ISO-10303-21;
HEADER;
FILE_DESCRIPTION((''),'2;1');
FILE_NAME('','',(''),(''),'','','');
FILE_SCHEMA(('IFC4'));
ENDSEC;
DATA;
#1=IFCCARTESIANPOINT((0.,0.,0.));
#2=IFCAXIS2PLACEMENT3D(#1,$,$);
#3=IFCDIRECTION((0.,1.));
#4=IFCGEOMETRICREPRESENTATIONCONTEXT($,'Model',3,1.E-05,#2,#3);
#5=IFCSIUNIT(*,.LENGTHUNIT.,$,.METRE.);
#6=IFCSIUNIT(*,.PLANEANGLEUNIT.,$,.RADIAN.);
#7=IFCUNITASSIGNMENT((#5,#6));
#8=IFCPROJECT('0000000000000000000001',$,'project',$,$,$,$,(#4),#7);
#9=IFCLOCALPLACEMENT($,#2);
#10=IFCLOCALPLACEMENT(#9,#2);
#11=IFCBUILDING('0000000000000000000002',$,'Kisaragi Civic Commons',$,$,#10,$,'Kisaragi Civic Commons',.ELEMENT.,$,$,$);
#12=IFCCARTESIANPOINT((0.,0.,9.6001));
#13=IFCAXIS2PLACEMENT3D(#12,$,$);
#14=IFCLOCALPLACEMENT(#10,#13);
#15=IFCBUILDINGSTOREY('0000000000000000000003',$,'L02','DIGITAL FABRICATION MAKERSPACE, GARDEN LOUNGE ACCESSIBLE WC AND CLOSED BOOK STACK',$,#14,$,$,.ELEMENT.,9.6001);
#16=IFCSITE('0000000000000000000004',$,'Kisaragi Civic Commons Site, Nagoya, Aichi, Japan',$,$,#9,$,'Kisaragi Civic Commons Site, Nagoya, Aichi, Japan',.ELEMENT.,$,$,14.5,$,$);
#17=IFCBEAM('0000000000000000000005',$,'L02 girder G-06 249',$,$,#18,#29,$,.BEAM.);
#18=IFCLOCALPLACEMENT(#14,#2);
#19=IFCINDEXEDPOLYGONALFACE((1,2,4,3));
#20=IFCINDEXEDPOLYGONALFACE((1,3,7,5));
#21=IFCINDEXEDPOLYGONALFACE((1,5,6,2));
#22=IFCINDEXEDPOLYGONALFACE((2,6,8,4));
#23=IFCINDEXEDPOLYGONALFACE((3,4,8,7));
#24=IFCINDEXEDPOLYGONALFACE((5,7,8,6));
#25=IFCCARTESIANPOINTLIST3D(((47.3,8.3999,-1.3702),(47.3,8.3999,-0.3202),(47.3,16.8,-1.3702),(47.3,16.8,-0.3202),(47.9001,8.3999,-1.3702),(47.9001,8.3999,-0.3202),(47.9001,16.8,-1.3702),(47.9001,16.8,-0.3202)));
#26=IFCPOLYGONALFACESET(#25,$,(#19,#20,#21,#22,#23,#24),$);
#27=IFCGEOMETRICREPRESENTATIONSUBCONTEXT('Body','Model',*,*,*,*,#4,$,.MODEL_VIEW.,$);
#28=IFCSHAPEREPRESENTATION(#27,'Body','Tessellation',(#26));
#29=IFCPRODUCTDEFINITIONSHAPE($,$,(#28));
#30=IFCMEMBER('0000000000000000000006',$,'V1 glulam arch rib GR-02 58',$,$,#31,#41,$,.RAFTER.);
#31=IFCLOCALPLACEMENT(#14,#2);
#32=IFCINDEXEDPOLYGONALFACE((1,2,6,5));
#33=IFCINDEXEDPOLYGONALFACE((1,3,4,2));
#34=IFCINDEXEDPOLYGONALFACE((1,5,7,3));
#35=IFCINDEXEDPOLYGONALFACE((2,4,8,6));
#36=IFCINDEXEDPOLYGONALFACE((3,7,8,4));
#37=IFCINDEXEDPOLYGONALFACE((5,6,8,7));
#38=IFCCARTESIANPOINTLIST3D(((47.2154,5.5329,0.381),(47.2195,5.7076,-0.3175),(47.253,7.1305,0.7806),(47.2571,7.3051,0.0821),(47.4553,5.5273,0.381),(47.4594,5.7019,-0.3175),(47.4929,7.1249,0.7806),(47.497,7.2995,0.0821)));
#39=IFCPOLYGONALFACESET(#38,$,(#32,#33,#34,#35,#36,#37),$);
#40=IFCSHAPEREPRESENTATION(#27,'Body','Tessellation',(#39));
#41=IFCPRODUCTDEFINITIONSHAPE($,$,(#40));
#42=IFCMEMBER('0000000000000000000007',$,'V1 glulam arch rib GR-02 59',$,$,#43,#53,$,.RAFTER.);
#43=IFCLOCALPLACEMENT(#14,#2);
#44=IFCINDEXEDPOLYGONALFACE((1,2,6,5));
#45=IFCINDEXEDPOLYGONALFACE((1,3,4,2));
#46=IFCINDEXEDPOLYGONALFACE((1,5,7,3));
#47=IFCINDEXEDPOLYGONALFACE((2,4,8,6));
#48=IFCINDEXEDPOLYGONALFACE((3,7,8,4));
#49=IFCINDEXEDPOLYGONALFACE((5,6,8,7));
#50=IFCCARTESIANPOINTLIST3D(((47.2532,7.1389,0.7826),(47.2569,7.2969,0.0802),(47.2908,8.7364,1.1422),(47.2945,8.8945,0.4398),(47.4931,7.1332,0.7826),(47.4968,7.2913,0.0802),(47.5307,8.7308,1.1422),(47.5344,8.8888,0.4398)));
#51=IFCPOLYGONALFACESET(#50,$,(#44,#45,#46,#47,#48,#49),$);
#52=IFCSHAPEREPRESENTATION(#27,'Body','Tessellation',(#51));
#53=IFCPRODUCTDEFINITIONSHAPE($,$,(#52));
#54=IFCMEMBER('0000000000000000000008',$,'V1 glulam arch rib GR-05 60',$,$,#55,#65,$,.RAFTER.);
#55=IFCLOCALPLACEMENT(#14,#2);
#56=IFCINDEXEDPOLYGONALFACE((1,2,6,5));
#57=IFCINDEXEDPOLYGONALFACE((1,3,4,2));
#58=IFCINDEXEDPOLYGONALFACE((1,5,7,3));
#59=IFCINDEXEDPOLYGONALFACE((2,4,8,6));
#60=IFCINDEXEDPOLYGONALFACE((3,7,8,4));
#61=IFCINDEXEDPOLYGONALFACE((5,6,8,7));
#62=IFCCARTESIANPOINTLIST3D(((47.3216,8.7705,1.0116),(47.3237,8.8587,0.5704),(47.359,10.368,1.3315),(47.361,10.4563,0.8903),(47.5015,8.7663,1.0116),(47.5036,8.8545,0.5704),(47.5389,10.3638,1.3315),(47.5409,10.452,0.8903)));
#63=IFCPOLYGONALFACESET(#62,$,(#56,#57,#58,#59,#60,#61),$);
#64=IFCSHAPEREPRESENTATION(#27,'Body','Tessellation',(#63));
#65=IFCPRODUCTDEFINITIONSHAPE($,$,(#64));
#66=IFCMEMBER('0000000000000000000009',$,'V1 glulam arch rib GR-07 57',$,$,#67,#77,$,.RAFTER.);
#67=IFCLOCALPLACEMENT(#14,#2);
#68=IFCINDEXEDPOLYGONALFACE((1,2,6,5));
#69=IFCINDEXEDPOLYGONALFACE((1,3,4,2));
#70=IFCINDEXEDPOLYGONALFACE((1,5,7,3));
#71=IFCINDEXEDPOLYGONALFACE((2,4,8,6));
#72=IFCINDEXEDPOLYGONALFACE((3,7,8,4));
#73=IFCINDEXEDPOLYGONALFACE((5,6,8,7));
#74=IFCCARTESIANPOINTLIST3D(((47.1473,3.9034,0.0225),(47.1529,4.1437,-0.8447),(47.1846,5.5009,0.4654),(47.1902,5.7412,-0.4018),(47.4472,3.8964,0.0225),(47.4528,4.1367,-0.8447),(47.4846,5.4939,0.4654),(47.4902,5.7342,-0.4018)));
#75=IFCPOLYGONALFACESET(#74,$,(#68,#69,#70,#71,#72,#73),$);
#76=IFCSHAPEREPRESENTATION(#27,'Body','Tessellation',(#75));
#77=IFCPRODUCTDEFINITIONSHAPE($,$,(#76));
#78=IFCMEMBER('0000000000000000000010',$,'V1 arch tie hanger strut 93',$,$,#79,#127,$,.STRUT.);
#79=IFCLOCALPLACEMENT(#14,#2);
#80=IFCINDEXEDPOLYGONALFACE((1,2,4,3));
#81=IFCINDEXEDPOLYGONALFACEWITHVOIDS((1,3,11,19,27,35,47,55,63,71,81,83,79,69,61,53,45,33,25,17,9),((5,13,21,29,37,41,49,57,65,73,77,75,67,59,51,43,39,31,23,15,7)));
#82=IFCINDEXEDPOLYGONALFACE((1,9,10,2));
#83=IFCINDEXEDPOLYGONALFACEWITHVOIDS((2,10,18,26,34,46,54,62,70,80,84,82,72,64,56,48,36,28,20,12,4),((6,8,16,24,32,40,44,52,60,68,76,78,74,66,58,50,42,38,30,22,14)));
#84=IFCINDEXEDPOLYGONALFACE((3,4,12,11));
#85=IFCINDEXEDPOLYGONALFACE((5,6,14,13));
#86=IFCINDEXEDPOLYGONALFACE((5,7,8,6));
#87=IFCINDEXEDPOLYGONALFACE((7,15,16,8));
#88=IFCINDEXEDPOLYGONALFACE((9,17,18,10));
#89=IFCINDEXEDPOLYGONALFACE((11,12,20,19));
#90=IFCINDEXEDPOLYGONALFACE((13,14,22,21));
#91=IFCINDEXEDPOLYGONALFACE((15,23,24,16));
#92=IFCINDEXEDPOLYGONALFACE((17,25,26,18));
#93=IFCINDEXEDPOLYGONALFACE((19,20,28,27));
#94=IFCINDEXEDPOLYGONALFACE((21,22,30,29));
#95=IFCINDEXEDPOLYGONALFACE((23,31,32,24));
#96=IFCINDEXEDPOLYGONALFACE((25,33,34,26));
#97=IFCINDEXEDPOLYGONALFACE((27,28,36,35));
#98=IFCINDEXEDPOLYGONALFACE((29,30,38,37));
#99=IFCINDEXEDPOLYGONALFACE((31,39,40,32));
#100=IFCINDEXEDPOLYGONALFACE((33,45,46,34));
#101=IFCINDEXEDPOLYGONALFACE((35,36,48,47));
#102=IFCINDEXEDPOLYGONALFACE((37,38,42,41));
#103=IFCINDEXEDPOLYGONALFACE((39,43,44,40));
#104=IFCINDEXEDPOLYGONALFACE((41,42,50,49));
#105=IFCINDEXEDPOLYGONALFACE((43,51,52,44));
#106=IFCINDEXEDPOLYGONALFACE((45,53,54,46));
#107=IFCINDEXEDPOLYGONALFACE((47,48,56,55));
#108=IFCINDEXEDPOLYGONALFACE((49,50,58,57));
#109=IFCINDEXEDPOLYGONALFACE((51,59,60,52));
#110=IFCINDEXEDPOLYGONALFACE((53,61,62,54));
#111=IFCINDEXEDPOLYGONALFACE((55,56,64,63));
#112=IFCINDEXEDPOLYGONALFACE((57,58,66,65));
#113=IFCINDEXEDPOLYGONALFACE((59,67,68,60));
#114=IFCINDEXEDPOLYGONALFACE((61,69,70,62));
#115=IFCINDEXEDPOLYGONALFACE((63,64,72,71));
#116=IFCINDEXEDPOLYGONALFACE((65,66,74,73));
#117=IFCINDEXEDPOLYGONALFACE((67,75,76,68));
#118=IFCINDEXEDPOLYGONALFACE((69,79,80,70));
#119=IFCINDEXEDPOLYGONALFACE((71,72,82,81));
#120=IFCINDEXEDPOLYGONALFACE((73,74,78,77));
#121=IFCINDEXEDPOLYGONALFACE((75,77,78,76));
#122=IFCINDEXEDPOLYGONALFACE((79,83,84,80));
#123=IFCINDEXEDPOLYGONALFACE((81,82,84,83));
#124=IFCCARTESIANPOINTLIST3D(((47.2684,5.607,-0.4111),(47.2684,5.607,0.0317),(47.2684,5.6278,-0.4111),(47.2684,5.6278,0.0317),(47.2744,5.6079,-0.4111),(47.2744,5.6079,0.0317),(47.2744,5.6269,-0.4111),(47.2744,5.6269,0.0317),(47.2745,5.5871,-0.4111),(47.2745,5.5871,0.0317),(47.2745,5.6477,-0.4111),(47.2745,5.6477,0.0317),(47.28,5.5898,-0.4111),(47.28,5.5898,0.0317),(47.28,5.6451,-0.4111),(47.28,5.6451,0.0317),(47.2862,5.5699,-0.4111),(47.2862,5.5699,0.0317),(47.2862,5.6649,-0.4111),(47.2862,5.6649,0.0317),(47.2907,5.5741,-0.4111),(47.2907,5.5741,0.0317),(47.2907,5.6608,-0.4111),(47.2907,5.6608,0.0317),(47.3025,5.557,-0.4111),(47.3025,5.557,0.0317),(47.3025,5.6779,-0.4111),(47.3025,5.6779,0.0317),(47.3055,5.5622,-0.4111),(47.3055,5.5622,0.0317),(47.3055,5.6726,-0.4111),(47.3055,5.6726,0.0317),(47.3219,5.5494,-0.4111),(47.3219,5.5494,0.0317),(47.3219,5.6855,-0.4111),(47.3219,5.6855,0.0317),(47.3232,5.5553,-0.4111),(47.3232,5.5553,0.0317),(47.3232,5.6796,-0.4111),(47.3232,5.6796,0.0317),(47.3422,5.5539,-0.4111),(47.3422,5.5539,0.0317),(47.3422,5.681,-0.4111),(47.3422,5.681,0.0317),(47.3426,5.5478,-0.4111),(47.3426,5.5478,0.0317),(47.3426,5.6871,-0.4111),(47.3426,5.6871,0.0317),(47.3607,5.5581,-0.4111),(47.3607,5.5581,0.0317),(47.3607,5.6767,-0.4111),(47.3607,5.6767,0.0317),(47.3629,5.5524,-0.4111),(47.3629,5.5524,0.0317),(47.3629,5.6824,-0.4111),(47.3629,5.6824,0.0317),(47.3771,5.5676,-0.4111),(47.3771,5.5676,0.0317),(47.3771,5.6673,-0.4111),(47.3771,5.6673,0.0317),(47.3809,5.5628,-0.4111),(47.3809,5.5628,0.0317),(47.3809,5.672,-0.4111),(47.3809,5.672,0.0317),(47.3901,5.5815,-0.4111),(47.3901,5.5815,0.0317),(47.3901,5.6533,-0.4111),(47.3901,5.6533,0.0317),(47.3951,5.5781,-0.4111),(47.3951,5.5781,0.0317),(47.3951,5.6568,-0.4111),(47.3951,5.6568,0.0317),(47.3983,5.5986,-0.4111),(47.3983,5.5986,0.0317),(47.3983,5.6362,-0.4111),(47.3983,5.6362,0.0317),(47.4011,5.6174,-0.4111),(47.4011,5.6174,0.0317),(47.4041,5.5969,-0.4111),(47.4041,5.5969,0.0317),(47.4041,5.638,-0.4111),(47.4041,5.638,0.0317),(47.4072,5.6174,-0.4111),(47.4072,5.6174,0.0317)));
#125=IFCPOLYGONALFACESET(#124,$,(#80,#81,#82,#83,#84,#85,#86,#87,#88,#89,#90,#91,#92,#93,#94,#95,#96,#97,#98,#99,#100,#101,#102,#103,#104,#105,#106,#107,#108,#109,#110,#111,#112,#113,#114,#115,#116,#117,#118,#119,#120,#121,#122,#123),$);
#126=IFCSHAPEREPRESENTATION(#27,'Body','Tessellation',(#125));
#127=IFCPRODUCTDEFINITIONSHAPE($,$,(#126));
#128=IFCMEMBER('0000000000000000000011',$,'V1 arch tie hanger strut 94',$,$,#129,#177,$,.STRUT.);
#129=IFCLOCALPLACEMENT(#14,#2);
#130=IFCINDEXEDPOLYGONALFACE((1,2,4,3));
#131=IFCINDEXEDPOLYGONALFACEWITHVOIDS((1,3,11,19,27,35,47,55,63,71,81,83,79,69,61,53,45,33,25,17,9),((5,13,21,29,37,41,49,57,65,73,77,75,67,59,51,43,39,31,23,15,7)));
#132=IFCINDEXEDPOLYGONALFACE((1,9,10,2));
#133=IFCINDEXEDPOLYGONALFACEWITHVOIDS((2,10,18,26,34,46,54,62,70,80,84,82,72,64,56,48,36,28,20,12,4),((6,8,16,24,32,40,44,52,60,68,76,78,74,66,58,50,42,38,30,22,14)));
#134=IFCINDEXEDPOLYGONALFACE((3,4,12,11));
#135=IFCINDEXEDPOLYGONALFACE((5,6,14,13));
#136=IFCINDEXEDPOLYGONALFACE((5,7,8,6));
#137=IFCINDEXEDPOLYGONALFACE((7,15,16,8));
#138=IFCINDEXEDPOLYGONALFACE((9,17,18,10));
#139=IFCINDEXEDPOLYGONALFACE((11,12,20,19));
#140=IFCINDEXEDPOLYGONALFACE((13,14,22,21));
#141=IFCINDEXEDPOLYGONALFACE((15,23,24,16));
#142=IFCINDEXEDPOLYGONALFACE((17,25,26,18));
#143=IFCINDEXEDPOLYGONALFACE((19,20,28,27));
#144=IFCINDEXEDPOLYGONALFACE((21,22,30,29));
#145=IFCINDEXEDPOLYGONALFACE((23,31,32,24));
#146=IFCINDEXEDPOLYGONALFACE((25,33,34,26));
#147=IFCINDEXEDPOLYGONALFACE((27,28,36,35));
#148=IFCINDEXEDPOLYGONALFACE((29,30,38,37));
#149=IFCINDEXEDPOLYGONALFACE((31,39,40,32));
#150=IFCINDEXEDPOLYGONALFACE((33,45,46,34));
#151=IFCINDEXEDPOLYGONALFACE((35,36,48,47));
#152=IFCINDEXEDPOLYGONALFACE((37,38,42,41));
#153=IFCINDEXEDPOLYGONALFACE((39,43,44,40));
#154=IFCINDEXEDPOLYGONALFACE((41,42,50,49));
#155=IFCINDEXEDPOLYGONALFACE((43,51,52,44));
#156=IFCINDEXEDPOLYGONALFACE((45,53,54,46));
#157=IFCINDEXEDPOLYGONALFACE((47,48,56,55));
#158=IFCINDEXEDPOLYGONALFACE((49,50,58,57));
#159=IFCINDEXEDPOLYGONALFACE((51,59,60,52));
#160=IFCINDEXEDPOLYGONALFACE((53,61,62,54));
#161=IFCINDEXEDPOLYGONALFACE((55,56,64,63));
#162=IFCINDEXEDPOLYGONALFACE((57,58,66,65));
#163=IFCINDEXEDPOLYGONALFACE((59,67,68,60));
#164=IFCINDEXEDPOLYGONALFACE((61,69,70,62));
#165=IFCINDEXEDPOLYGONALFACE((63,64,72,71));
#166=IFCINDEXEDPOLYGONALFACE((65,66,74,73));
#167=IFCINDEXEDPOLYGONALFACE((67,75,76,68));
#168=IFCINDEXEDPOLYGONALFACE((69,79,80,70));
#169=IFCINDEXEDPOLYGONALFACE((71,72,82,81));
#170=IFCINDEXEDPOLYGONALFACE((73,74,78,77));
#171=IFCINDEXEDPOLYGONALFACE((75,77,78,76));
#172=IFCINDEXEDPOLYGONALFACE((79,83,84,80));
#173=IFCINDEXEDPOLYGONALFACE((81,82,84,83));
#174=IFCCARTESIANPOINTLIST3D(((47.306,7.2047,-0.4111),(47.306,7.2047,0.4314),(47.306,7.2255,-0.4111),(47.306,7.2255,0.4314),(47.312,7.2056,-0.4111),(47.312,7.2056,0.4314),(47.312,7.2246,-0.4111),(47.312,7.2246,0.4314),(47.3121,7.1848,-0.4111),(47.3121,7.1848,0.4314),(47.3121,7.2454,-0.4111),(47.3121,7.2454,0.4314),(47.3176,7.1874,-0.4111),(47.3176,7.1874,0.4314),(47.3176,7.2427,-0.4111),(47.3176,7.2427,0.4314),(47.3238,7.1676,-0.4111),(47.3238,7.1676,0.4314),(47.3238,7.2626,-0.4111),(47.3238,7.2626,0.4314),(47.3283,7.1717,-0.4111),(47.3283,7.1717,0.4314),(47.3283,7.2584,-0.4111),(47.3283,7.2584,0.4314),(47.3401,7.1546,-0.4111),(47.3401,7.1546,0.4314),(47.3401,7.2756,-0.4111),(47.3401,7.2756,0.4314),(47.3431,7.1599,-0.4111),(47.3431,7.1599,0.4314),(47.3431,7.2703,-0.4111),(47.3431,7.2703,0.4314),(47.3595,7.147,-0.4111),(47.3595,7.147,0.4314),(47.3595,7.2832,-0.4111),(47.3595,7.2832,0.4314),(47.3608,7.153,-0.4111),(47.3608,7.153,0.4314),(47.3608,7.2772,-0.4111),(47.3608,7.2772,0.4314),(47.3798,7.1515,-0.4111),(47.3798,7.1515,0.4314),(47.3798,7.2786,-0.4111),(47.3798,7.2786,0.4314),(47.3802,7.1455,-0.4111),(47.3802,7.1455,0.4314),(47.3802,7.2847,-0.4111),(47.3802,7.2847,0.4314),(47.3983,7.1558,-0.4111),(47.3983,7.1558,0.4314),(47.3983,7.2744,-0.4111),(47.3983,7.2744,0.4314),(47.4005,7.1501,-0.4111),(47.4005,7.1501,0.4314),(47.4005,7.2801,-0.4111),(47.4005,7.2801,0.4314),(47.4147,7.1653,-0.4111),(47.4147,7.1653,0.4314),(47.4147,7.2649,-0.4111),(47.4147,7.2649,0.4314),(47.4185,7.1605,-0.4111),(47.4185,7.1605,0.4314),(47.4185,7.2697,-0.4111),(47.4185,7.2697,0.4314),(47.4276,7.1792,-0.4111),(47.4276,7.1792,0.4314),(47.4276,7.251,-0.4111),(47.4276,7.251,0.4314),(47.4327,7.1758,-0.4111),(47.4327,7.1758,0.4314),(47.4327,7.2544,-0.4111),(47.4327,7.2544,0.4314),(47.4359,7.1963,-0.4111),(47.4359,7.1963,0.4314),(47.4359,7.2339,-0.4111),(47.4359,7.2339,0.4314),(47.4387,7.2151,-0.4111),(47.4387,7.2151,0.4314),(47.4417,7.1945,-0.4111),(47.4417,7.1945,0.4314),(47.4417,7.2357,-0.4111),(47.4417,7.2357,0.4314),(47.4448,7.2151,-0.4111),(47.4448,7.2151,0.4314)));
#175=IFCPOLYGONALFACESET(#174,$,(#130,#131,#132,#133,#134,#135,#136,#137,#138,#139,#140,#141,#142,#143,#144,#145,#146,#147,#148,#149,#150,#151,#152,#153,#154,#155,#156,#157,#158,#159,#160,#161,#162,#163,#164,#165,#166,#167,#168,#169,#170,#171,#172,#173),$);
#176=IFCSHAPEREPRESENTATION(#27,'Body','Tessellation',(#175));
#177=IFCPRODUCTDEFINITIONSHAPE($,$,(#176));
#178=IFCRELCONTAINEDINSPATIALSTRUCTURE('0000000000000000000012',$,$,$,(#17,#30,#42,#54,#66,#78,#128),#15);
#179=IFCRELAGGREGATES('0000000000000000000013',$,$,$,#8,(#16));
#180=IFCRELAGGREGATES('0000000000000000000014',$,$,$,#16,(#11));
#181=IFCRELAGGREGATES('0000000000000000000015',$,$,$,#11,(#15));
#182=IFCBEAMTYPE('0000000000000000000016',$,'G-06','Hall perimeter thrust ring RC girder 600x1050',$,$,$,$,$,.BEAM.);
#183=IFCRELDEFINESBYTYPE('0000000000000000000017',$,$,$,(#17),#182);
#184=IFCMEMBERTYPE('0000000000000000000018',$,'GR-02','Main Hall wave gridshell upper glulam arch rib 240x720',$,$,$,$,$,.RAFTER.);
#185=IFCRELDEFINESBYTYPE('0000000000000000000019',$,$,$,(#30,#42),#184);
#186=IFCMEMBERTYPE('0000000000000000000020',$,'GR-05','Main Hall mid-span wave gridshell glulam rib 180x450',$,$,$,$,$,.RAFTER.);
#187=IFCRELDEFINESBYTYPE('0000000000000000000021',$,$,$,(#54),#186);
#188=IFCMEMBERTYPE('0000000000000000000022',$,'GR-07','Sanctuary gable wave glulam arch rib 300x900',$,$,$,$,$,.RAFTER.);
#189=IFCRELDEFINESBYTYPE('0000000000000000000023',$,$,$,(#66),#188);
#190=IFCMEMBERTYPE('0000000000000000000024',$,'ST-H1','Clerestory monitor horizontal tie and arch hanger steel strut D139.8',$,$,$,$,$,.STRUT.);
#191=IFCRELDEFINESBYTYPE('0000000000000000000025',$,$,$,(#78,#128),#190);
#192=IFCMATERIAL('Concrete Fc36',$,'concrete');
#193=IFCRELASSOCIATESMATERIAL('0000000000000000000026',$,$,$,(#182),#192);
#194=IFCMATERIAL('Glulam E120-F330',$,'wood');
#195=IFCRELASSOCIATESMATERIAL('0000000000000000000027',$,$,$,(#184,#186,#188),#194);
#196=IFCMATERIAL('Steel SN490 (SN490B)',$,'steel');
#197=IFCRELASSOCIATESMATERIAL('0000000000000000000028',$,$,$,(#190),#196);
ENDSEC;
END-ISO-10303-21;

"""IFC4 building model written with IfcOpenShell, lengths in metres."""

from ifc_helpers import new_model, si_unit, direction, frame, origin, origin_2d, place, context, subcontext, project, spatial, rectangle, hollow_circle, extrude, material, material_profile, profile_set, type_object, element, save


model = new_model("IFC4")

# Units and contexts
model_context = context("Model", 3, precision=1e-05, world=origin(), true_north=direction((0.0, 1.0)))
body_context = subcontext(model_context, "Body", "Model", "MODEL_VIEW")
ifc_project = project(units=[si_unit("LENGTHUNIT", "METRE"), si_unit("PLANEANGLEUNIT", "RADIAN")], contexts=[model_context])

# Site, building, storey
site_placement = place(None, origin())
site = spatial("IfcSite", under=ifc_project, at=site_placement, Name="Kisaragi Civic Commons Site, Nagoya, Aichi, Japan", LongName="Kisaragi Civic Commons Site, Nagoya, Aichi, Japan", CompositionType="ELEMENT", RefElevation=14.5)
building_placement = place(site_placement, origin())
building = spatial("IfcBuilding", under=site, at=building_placement, Name="Kisaragi Civic Commons", LongName="Kisaragi Civic Commons", CompositionType="ELEMENT")
storey_placement = place(building_placement, frame((0.0, 0.0, 9.6001)))
storey = spatial("IfcBuildingStorey", under=building, at=storey_placement, Name="L02", Description="DIGITAL FABRICATION MAKERSPACE, GARDEN LOUNGE ACCESSIBLE WC AND CLOSED BOOK STACK", CompositionType="ELEMENT", Elevation=9.6001)

# Beam
ifc_material_1 = material(Name="Concrete Fc36", Category="concrete")
ifc_material_profile_1 = material_profile(ifc_material_1, rectangle(XDim=0.6001, YDim=1.05, at=origin_2d()), Name="RC-600x1050", Category="concrete")
ifc_profile_set_1 = profile_set([ifc_material_profile_1], Name="Concrete Fc36")
beam_type = type_object("IfcBeamType", Name="G-06", Description="Hall perimeter thrust ring RC girder 600x1050", PredefinedType="BEAM", material=ifc_profile_set_1)
beam_placement = place(storey_placement, frame((47.6001, 8.3999, -0.8452), z_axis=(0.0, 1.0, 0.0), x_axis=(-1.0, 0.0, 0.0)))
element("IfcBeam", 1, at=beam_placement, inside=storey, type_object=beam_type, Name="L02 girder G-06 249", PredefinedType="BEAM", context=body_context, shape_type="SweptSolid", body=[
    extrude(rectangle(XDim=0.6001, YDim=1.05, at=origin_2d()), origin(), (0.0, 0.0, 1.0), 8.4001),
])

# Members
ifc_material_2 = material(Name="Glulam E120-F330", Category="wood")
ifc_material_profile_2 = material_profile(ifc_material_2, rectangle(XDim=0.24, YDim=0.72, at=origin_2d()), Name="GL-240x720", Category="wood")
ifc_profile_set_2 = profile_set([ifc_material_profile_2], Name="Glulam E120-F330")
member_type_1 = type_object("IfcMemberType", Name="GR-02", Description="Main Hall wave gridshell upper glulam arch rib 240x720", PredefinedType="RAFTER", material=ifc_profile_set_2)
member_1_placement = place(storey_placement, frame((47.3374, 5.6174, 0.0317), z_axis=(0.022824, 0.969855, 0.242612), x_axis=(-0.999723, 0.023526, 0.0)))
element("IfcMember", 2, at=member_1_placement, inside=storey, type_object=member_type_1, Name="V1 glulam arch rib GR-02 58", PredefinedType="RAFTER", context=body_context, shape_type="SweptSolid", body=[
    extrude(rectangle(XDim=0.24, YDim=0.72, at=origin_2d()), origin(), (0.0, 0.0, 1.0), 1.6472),
])
member_2_placement = place(storey_placement, frame((47.375, 7.2151, 0.4314), z_axis=(0.022956, 0.975326, 0.219571), x_axis=(-0.999723, 0.02353, 0.0)))
element("IfcMember", 3, at=member_2_placement, inside=storey, type_object=member_type_1, Name="V1 glulam arch rib GR-02 59", PredefinedType="RAFTER", context=body_context, shape_type="SweptSolid", body=[
    extrude(rectangle(XDim=0.24, YDim=0.72, at=origin_2d()), origin(), (0.0, 0.0, 1.0), 1.6379),
])
ifc_material_profile_3 = material_profile(ifc_material_2, rectangle(XDim=0.1799, YDim=0.45, at=origin_2d()), Name="GL-180x450", Category="wood")
ifc_profile_set_3 = profile_set([ifc_material_profile_3], Name="Glulam E120-F330")
member_type_2 = type_object("IfcMemberType", Name="GR-05", Description="Main Hall mid-span wave gridshell glulam rib 180x450", PredefinedType="RAFTER", material=ifc_profile_set_3)
member_3_placement = place(storey_placement, frame((47.4126, 8.8125, 0.791), z_axis=(0.022923, 0.980283, 0.196266), x_axis=(-0.999727, 0.023377, 0.0)))
element("IfcMember", 4, at=member_3_placement, inside=storey, type_object=member_type_2, Name="V1 glulam arch rib GR-05 60", PredefinedType="RAFTER", context=body_context, shape_type="SweptSolid", body=[
    extrude(rectangle(XDim=0.1799, YDim=0.45, at=origin_2d()), origin(), (0.0, 0.0, 1.0), 1.6296),
])
ifc_material_profile_4 = material_profile(ifc_material_2, rectangle(XDim=0.3, YDim=0.8999, at=origin_2d()), Name="GL-300x900", Category="wood")
ifc_profile_set_4 = profile_set([ifc_material_profile_4], Name="Glulam E120-F330")
member_type_3 = type_object("IfcMemberType", Name="GR-07", Description="Sanctuary gable wave glulam arch rib 300x900", PredefinedType="RAFTER", material=ifc_profile_set_4)
member_4_placement = place(storey_placement, frame((47.3, 4.02, -0.4111), z_axis=(0.022528, 0.963406, 0.267097), x_axis=(-0.999727, 0.023377, 0.0)))
element("IfcMember", 5, at=member_4_placement, inside=storey, type_object=member_type_3, Name="V1 glulam arch rib GR-07 57", PredefinedType="RAFTER", context=body_context, shape_type="SweptSolid", body=[
    extrude(rectangle(XDim=0.3, YDim=0.8999, at=origin_2d()), origin(), (0.0, 0.0, 1.0), 1.6582),
])
ifc_material_3 = material(Name="Steel SN490 (SN490B)", Category="steel")
ifc_material_profile_5 = material_profile(ifc_material_3, hollow_circle(Radius=0.0698, WallThickness=0.0061, at=origin_2d()), Name="CHS-139.8x6.0", Category="steel")
ifc_profile_set_5 = profile_set([ifc_material_profile_5], Name="Steel SN490 (SN490B)")
member_type_4 = type_object("IfcMemberType", Name="ST-H1", Description="Clerestory monitor horizontal tie and arch hanger steel strut D139.8", PredefinedType="STRUT", material=ifc_profile_set_5)
member_5_placement = place(storey_placement, frame((47.3374, 5.6174, -0.4111), z_axis=(0.0, 0.0, 1.0), x_axis=(1.0, 0.0, 0.0)))
element("IfcMember", 6, at=member_5_placement, inside=storey, type_object=member_type_4, Name="V1 arch tie hanger strut 93", PredefinedType="STRUT", context=body_context, shape_type="SweptSolid", body=[
    extrude(hollow_circle(Radius=0.0698, WallThickness=0.0061, at=origin_2d()), origin(), (0.0, 0.0, 1.0), 0.4429),
])
member_6_placement = place(storey_placement, frame((47.375, 7.2151, -0.4111), z_axis=(0.0, 0.0, 1.0), x_axis=(1.0, 0.0, 0.0)))
element("IfcMember", 7, at=member_6_placement, inside=storey, type_object=member_type_4, Name="V1 arch tie hanger strut 94", PredefinedType="STRUT", context=body_context, shape_type="SweptSolid", body=[
    extrude(hollow_circle(Radius=0.0698, WallThickness=0.0061, at=origin_2d()), origin(), (0.0, 0.0, 1.0), 0.8425),
])

save(model, "model.ifc")
